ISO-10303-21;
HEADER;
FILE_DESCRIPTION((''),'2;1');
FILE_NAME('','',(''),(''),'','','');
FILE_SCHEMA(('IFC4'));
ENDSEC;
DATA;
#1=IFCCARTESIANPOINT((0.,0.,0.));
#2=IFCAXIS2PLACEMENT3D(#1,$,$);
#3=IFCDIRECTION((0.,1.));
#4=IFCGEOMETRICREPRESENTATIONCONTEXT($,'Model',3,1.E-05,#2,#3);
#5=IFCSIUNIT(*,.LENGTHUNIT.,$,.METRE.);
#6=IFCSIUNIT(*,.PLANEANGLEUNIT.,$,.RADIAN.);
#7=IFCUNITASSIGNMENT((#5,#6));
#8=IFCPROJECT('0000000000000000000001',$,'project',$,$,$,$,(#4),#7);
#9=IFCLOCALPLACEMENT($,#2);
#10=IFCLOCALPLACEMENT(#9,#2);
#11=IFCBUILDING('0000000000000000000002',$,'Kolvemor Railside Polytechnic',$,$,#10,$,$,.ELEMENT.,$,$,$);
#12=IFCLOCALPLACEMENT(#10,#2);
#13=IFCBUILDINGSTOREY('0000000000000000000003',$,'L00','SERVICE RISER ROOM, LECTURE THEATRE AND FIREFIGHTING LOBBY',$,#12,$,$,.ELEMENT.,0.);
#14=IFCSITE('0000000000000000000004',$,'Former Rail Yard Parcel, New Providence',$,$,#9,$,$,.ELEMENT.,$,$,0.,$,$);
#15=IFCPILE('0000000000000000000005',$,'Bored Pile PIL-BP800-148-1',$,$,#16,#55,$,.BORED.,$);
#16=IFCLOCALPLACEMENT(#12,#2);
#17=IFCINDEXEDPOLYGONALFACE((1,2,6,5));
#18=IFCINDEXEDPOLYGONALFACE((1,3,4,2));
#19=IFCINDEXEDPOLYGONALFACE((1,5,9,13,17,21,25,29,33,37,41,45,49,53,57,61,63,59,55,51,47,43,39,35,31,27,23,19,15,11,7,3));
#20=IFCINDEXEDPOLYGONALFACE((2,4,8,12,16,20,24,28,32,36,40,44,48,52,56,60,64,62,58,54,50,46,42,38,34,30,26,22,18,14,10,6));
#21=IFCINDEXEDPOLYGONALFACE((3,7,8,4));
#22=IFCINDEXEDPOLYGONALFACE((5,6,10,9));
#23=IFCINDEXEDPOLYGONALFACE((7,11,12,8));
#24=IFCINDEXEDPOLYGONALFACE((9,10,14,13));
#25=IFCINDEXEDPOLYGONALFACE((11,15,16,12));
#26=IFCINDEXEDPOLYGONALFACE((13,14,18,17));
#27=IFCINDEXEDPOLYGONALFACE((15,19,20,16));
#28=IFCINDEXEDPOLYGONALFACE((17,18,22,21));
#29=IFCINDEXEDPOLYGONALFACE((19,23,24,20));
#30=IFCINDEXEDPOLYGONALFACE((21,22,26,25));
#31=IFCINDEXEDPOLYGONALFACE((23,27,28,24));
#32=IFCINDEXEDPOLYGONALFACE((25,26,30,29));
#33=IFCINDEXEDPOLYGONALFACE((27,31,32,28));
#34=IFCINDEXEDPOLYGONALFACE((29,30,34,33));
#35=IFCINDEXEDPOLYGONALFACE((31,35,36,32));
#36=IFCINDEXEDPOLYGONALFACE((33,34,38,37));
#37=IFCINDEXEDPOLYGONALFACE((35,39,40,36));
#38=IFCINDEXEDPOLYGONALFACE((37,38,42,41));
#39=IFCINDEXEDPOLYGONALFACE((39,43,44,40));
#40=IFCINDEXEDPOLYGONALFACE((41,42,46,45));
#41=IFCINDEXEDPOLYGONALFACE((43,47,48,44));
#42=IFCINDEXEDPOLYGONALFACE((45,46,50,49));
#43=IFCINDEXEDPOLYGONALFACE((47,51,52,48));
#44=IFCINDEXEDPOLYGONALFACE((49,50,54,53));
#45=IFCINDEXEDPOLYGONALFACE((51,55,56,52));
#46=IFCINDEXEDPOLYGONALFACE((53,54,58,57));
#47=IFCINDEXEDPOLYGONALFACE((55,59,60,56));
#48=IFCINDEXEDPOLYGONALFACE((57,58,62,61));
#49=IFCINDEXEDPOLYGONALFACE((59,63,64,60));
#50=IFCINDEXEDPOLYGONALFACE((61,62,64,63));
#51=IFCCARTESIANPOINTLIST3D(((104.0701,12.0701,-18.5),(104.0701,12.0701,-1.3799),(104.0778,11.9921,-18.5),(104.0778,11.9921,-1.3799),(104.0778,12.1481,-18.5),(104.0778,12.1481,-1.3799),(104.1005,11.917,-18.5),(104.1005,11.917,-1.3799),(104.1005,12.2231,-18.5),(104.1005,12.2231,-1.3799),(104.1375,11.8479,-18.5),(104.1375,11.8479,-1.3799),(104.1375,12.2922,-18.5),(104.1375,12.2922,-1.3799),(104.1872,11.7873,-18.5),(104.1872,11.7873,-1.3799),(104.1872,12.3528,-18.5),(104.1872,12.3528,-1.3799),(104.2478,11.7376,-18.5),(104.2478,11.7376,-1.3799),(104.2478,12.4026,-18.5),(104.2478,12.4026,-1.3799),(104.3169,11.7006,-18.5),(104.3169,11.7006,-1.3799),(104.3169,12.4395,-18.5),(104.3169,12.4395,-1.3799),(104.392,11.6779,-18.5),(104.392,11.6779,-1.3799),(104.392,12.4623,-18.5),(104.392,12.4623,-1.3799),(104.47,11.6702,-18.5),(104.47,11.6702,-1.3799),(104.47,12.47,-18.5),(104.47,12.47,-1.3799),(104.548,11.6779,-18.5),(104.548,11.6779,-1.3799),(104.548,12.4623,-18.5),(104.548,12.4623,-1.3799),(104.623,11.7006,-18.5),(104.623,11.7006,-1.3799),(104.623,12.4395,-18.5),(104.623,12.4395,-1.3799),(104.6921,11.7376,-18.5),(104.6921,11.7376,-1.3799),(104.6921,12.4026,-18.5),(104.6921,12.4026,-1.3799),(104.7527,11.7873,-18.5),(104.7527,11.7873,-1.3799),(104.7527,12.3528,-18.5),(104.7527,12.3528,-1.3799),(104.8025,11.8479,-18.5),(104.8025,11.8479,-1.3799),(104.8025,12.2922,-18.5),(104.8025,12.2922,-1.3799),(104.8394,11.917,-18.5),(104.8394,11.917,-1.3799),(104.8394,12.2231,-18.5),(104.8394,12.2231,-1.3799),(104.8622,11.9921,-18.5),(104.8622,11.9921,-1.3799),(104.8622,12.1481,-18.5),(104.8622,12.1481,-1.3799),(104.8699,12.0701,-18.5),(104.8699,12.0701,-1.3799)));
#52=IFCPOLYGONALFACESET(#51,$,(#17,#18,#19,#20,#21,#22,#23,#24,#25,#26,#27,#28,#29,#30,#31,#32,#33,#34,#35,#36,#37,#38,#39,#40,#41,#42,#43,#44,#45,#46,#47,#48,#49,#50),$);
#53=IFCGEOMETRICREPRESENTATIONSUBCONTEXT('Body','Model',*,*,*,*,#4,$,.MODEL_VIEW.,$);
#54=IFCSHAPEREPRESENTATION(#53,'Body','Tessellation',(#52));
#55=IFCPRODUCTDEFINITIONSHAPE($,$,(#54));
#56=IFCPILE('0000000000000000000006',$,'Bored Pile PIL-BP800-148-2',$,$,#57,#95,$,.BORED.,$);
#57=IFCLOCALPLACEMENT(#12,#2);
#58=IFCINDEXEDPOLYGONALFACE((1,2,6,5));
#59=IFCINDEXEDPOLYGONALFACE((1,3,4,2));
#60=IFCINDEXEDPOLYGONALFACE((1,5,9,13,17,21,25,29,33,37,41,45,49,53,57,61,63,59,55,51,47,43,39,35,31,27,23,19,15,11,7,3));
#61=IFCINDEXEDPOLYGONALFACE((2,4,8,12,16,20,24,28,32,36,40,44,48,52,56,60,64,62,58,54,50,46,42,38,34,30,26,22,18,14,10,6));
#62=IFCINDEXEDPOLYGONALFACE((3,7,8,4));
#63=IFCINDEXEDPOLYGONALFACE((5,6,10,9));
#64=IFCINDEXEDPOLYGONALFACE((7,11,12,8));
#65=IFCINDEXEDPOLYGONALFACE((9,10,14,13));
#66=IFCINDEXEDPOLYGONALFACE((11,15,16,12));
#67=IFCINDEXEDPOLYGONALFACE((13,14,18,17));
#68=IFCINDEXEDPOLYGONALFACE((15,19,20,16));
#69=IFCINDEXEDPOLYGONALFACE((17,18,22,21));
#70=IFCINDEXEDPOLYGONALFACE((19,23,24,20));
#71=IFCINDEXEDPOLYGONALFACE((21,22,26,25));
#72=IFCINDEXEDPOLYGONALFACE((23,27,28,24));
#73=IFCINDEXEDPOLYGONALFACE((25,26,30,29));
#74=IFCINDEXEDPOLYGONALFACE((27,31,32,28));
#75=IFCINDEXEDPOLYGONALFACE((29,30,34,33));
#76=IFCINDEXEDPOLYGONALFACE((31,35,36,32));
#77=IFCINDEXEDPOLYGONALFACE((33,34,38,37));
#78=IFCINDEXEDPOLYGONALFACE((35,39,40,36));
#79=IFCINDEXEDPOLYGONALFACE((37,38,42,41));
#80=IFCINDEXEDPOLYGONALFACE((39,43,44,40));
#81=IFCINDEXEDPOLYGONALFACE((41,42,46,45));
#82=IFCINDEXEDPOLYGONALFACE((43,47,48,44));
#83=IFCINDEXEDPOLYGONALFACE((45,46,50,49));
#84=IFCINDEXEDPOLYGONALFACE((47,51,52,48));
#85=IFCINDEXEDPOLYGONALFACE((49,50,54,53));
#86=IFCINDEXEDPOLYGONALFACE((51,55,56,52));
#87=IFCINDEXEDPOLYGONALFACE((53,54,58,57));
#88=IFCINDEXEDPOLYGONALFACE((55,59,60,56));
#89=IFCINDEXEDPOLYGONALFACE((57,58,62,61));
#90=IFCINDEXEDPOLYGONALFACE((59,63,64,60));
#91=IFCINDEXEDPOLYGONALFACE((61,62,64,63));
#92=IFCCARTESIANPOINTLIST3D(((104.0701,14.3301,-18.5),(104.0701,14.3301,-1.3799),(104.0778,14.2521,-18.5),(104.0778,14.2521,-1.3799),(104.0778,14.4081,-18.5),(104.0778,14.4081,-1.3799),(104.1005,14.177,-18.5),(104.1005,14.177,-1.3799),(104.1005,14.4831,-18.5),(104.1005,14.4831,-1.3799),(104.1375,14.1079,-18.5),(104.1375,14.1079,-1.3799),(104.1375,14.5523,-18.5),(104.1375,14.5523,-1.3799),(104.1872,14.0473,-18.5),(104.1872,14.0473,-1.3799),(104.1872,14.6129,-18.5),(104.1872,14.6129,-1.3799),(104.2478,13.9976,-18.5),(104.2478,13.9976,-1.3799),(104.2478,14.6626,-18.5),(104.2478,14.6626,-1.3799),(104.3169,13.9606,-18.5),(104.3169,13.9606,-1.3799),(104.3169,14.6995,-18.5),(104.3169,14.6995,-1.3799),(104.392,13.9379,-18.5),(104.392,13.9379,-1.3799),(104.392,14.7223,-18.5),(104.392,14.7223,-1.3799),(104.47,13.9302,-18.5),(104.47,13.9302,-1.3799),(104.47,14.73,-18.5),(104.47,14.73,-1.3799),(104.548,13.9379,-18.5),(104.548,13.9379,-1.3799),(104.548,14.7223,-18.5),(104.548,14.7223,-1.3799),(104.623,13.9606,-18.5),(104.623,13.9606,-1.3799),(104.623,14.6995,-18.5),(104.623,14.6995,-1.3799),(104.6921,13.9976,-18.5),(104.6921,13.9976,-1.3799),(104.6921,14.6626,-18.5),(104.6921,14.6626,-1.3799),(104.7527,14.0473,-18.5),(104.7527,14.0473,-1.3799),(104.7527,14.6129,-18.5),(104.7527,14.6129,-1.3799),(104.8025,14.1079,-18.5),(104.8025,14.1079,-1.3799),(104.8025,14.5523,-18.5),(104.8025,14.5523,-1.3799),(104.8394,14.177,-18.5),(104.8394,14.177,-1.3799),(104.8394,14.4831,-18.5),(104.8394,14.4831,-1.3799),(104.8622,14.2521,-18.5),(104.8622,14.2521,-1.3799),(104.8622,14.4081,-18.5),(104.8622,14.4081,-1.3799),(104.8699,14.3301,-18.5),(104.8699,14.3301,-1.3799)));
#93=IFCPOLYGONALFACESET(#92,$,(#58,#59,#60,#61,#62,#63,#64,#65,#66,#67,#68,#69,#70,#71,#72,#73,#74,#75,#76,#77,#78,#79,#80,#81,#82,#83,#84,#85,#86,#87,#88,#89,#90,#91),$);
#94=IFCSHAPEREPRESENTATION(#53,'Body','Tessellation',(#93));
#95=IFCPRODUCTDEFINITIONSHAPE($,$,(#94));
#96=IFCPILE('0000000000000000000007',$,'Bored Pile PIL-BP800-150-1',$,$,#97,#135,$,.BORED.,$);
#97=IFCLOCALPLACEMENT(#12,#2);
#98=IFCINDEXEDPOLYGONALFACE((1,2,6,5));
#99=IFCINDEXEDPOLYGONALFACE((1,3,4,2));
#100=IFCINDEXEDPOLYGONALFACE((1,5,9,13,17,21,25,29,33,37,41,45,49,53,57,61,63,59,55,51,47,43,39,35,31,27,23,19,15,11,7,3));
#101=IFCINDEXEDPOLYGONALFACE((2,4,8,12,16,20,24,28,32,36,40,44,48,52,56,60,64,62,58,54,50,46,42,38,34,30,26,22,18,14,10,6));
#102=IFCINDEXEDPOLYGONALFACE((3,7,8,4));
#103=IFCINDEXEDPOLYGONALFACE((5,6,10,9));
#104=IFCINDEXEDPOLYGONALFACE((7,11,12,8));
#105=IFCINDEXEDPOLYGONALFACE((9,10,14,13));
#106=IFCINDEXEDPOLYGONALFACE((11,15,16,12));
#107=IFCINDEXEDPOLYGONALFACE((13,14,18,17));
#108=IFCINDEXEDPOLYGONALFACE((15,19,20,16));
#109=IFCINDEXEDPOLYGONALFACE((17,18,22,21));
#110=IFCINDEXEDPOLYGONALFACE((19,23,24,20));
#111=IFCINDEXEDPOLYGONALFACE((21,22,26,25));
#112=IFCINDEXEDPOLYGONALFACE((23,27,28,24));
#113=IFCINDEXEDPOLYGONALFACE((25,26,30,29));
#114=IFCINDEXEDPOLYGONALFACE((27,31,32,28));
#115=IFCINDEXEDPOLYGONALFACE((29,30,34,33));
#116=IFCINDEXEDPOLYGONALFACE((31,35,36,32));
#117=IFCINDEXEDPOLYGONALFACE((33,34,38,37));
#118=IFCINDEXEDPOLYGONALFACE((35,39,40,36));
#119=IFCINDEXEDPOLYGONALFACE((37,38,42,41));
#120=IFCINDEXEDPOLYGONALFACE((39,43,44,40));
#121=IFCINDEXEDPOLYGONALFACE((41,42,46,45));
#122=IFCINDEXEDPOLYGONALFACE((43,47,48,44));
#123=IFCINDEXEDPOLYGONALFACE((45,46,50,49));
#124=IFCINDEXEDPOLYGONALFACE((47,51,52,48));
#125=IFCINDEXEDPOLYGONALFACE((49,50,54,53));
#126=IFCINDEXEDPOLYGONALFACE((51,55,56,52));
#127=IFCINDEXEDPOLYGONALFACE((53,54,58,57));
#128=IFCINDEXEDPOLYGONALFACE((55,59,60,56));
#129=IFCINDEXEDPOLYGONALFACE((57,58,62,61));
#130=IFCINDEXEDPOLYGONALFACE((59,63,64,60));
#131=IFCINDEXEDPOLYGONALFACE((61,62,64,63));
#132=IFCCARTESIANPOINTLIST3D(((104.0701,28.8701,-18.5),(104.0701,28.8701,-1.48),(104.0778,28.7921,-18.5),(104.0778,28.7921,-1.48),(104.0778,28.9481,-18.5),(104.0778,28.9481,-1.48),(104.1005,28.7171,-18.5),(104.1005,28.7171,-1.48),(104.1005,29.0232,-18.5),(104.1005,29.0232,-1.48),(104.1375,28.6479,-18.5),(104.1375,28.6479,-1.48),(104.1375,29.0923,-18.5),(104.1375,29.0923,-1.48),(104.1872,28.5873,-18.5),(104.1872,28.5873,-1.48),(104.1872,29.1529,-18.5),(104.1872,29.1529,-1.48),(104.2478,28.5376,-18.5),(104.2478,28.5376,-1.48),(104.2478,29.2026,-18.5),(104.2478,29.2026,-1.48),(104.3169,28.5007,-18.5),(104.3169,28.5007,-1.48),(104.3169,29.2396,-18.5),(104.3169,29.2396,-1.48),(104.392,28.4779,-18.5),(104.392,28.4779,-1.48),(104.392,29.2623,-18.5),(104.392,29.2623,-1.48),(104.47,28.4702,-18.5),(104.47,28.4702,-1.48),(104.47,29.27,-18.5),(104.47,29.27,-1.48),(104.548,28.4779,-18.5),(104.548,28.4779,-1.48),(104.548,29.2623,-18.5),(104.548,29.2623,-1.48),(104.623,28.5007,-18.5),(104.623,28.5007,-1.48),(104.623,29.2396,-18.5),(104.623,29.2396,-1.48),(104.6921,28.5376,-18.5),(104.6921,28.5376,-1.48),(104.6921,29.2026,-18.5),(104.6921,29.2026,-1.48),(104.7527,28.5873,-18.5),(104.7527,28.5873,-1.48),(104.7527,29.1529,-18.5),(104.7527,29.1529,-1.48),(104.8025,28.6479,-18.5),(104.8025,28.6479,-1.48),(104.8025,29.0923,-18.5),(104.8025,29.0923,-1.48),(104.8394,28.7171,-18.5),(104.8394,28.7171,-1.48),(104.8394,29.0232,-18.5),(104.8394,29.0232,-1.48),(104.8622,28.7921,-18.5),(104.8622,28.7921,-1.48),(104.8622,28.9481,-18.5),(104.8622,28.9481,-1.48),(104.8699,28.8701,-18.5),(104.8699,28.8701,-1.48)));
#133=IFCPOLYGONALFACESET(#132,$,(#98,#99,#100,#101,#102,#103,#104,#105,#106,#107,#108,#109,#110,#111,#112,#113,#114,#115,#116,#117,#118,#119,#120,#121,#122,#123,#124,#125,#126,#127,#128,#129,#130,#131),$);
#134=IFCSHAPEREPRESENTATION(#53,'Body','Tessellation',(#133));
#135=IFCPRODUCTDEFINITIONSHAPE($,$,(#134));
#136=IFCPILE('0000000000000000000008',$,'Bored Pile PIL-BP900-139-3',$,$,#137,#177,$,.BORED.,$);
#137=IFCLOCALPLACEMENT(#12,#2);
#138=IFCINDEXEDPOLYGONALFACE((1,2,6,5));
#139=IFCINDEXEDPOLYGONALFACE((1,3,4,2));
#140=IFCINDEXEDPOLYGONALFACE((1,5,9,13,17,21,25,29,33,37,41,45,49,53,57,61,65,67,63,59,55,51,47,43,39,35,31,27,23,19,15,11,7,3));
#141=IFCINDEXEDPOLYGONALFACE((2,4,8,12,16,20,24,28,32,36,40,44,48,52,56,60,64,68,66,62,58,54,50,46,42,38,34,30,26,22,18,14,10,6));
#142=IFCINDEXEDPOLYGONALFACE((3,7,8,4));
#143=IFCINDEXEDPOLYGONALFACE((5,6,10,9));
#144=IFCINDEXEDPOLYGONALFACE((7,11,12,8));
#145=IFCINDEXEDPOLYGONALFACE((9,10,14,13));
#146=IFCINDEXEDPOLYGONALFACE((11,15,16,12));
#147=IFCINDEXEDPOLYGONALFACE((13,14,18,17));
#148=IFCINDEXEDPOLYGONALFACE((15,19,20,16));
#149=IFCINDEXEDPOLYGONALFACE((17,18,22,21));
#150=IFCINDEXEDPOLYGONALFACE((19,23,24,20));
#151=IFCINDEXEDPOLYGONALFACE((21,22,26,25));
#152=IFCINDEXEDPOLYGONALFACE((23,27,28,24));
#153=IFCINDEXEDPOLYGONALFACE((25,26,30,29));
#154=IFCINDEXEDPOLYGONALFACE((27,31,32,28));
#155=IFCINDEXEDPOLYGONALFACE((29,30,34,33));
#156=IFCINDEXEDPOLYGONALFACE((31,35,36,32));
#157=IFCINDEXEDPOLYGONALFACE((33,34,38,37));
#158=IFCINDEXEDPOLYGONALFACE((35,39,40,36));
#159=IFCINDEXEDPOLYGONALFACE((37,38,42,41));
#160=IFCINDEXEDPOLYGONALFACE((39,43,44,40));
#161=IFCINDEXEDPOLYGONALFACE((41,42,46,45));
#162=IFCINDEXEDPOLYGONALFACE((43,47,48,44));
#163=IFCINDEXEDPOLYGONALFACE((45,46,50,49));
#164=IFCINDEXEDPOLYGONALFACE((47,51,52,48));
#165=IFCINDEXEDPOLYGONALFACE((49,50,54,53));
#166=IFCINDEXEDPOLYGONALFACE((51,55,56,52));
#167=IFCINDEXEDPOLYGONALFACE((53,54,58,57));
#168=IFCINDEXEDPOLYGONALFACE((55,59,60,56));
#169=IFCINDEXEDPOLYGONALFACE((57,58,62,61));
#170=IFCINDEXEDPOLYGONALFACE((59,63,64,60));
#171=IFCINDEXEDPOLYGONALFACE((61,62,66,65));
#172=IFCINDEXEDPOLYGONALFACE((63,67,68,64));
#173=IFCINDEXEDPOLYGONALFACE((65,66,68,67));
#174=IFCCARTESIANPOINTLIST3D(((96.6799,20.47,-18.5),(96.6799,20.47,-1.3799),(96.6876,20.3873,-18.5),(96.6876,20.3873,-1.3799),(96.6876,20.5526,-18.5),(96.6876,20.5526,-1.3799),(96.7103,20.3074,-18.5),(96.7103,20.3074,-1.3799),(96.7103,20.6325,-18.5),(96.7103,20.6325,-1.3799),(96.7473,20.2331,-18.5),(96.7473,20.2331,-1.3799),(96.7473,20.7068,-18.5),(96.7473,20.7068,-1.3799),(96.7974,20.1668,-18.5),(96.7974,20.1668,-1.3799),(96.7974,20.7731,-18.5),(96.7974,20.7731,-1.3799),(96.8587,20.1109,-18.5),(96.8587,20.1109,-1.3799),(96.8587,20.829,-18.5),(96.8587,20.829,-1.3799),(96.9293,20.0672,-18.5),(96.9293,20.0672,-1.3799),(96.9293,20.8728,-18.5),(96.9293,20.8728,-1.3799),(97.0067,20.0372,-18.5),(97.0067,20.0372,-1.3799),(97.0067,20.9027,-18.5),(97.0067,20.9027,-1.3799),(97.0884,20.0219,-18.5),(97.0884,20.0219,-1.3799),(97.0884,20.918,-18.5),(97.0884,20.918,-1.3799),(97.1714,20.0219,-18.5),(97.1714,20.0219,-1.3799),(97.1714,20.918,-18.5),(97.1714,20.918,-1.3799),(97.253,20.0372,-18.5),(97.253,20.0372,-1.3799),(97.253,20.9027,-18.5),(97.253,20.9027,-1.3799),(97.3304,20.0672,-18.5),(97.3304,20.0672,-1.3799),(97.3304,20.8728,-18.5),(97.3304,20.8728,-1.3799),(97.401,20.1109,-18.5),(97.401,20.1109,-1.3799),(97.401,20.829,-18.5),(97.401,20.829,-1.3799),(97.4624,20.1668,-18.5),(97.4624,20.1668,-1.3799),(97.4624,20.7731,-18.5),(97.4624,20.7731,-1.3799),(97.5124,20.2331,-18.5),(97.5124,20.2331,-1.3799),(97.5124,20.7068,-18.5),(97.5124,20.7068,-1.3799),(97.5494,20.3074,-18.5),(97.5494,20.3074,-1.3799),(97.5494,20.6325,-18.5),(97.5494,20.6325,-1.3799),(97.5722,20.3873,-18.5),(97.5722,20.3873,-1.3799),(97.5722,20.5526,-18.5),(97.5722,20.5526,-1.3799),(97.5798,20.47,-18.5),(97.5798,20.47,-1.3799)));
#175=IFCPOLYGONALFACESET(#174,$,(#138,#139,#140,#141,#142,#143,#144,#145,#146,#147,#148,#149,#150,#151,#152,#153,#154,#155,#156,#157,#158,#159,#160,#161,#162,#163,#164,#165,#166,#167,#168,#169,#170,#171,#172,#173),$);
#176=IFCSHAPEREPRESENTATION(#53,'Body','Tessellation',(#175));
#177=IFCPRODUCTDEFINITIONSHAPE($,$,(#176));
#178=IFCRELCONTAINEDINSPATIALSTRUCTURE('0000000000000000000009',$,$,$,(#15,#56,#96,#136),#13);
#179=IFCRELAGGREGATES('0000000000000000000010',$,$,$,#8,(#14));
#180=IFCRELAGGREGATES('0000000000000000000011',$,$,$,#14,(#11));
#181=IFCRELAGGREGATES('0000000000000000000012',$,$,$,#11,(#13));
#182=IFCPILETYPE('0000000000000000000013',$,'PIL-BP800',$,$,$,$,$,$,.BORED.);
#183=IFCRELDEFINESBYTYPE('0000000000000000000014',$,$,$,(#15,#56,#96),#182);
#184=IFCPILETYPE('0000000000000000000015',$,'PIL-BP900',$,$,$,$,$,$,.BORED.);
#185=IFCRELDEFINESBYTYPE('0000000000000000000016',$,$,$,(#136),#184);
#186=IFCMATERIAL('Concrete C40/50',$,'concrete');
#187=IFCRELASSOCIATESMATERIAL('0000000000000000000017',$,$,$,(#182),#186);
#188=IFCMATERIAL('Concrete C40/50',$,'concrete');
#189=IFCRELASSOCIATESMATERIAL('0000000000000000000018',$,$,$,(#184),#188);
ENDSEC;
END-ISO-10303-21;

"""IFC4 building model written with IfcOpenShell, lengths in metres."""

from ifc_helpers import new_model, si_unit, direction, frame, origin, origin_2d, place, context, subcontext, project, spatial, circle, extrude, material, material_profile, profile_set, type_object, element, save


model = new_model("IFC4")

# Units and contexts
model_context = context("Model", 3, precision=1e-05, world=origin(), true_north=direction((0.0, 1.0)))
body_context = subcontext(model_context, "Body", "Model", "MODEL_VIEW")
ifc_project = project(units=[si_unit("LENGTHUNIT", "METRE"), si_unit("PLANEANGLEUNIT", "RADIAN")], contexts=[model_context])

# Site, building, storey
site_placement = place(None, origin())
site = spatial("IfcSite", under=ifc_project, at=site_placement, Name="Former Rail Yard Parcel, New Providence", CompositionType="ELEMENT", RefElevation=0.0)
building_placement = place(site_placement, origin())
building = spatial("IfcBuilding", under=site, at=building_placement, Name="Kolvemor Railside Polytechnic", CompositionType="ELEMENT")
storey_placement = place(building_placement, origin())
storey = spatial("IfcBuildingStorey", under=building, at=storey_placement, Name="L00", Description="SERVICE RISER ROOM, LECTURE THEATRE AND FIREFIGHTING LOBBY", CompositionType="ELEMENT", Elevation=0.0)

# Piles
ifc_material_1 = material(Name="Concrete C40/50", Category="concrete")
ifc_material_profile_1 = material_profile(ifc_material_1, circle(Radius=0.3999, at=origin_2d()), Name="BP800")
ifc_profile_set_1 = profile_set([ifc_material_profile_1], Name="Concrete C40/50")
pile_type_1 = type_object("IfcPileType", Name="PIL-BP800", PredefinedType="BORED", material=ifc_profile_set_1)
for number, where, z_axis, x_axis, name in (
    (1, (104.47, 12.0701, -1.3799), (0.0, 0.0, -1.0), (1.0, 0.0, 0.0), "Bored Pile PIL-BP800-148-1"),
    (2, (104.47, 14.3301, -1.3799), (0.0, 0.0, -1.0), (1.0, 0.0, 0.0), "Bored Pile PIL-BP800-148-2"),
):
    element("IfcPile", number, at=place(storey_placement, frame(where, z_axis=z_axis, x_axis=x_axis)), inside=storey, type_object=pile_type_1, Name=name, PredefinedType="BORED", context=body_context, shape_type="SweptSolid", body=[
        extrude(circle(Radius=0.3999, at=origin_2d()), origin(), (0.0, 0.0, 1.0), 17.1201),
    ])
pile_1_placement = place(storey_placement, frame((104.47, 28.8701, -1.48), z_axis=(0.0, 0.0, -1.0), x_axis=(1.0, 0.0, 0.0)))
element("IfcPile", 3, at=pile_1_placement, inside=storey, type_object=pile_type_1, Name="Bored Pile PIL-BP800-150-1", PredefinedType="BORED", context=body_context, shape_type="SweptSolid", body=[
    extrude(circle(Radius=0.3999, at=origin_2d()), origin(), (0.0, 0.0, 1.0), 17.02),
])
ifc_material_2 = material(Name="Concrete C40/50", Category="concrete")
ifc_material_profile_2 = material_profile(ifc_material_2, circle(Radius=0.45, at=origin_2d()), Name="BP900")
ifc_profile_set_2 = profile_set([ifc_material_profile_2], Name="Concrete C40/50")
pile_type_2 = type_object("IfcPileType", Name="PIL-BP900", PredefinedType="BORED", material=ifc_profile_set_2)
for number, where, z_axis, x_axis, name in (
    (4, (97.1299, 20.47, -1.3799), (0.0, 0.0, -1.0), (1.0, 0.0, 0.0), "Bored Pile PIL-BP900-139-3"),
):
    element("IfcPile", number, at=place(storey_placement, frame(where, z_axis=z_axis, x_axis=x_axis)), inside=storey, type_object=pile_type_2, Name=name, PredefinedType="BORED", context=body_context, shape_type="SweptSolid", body=[
        extrude(circle(Radius=0.45, at=origin_2d()), origin(), (0.0, 0.0, 1.0), 17.1201),
    ])

save(model, "model.ifc")
